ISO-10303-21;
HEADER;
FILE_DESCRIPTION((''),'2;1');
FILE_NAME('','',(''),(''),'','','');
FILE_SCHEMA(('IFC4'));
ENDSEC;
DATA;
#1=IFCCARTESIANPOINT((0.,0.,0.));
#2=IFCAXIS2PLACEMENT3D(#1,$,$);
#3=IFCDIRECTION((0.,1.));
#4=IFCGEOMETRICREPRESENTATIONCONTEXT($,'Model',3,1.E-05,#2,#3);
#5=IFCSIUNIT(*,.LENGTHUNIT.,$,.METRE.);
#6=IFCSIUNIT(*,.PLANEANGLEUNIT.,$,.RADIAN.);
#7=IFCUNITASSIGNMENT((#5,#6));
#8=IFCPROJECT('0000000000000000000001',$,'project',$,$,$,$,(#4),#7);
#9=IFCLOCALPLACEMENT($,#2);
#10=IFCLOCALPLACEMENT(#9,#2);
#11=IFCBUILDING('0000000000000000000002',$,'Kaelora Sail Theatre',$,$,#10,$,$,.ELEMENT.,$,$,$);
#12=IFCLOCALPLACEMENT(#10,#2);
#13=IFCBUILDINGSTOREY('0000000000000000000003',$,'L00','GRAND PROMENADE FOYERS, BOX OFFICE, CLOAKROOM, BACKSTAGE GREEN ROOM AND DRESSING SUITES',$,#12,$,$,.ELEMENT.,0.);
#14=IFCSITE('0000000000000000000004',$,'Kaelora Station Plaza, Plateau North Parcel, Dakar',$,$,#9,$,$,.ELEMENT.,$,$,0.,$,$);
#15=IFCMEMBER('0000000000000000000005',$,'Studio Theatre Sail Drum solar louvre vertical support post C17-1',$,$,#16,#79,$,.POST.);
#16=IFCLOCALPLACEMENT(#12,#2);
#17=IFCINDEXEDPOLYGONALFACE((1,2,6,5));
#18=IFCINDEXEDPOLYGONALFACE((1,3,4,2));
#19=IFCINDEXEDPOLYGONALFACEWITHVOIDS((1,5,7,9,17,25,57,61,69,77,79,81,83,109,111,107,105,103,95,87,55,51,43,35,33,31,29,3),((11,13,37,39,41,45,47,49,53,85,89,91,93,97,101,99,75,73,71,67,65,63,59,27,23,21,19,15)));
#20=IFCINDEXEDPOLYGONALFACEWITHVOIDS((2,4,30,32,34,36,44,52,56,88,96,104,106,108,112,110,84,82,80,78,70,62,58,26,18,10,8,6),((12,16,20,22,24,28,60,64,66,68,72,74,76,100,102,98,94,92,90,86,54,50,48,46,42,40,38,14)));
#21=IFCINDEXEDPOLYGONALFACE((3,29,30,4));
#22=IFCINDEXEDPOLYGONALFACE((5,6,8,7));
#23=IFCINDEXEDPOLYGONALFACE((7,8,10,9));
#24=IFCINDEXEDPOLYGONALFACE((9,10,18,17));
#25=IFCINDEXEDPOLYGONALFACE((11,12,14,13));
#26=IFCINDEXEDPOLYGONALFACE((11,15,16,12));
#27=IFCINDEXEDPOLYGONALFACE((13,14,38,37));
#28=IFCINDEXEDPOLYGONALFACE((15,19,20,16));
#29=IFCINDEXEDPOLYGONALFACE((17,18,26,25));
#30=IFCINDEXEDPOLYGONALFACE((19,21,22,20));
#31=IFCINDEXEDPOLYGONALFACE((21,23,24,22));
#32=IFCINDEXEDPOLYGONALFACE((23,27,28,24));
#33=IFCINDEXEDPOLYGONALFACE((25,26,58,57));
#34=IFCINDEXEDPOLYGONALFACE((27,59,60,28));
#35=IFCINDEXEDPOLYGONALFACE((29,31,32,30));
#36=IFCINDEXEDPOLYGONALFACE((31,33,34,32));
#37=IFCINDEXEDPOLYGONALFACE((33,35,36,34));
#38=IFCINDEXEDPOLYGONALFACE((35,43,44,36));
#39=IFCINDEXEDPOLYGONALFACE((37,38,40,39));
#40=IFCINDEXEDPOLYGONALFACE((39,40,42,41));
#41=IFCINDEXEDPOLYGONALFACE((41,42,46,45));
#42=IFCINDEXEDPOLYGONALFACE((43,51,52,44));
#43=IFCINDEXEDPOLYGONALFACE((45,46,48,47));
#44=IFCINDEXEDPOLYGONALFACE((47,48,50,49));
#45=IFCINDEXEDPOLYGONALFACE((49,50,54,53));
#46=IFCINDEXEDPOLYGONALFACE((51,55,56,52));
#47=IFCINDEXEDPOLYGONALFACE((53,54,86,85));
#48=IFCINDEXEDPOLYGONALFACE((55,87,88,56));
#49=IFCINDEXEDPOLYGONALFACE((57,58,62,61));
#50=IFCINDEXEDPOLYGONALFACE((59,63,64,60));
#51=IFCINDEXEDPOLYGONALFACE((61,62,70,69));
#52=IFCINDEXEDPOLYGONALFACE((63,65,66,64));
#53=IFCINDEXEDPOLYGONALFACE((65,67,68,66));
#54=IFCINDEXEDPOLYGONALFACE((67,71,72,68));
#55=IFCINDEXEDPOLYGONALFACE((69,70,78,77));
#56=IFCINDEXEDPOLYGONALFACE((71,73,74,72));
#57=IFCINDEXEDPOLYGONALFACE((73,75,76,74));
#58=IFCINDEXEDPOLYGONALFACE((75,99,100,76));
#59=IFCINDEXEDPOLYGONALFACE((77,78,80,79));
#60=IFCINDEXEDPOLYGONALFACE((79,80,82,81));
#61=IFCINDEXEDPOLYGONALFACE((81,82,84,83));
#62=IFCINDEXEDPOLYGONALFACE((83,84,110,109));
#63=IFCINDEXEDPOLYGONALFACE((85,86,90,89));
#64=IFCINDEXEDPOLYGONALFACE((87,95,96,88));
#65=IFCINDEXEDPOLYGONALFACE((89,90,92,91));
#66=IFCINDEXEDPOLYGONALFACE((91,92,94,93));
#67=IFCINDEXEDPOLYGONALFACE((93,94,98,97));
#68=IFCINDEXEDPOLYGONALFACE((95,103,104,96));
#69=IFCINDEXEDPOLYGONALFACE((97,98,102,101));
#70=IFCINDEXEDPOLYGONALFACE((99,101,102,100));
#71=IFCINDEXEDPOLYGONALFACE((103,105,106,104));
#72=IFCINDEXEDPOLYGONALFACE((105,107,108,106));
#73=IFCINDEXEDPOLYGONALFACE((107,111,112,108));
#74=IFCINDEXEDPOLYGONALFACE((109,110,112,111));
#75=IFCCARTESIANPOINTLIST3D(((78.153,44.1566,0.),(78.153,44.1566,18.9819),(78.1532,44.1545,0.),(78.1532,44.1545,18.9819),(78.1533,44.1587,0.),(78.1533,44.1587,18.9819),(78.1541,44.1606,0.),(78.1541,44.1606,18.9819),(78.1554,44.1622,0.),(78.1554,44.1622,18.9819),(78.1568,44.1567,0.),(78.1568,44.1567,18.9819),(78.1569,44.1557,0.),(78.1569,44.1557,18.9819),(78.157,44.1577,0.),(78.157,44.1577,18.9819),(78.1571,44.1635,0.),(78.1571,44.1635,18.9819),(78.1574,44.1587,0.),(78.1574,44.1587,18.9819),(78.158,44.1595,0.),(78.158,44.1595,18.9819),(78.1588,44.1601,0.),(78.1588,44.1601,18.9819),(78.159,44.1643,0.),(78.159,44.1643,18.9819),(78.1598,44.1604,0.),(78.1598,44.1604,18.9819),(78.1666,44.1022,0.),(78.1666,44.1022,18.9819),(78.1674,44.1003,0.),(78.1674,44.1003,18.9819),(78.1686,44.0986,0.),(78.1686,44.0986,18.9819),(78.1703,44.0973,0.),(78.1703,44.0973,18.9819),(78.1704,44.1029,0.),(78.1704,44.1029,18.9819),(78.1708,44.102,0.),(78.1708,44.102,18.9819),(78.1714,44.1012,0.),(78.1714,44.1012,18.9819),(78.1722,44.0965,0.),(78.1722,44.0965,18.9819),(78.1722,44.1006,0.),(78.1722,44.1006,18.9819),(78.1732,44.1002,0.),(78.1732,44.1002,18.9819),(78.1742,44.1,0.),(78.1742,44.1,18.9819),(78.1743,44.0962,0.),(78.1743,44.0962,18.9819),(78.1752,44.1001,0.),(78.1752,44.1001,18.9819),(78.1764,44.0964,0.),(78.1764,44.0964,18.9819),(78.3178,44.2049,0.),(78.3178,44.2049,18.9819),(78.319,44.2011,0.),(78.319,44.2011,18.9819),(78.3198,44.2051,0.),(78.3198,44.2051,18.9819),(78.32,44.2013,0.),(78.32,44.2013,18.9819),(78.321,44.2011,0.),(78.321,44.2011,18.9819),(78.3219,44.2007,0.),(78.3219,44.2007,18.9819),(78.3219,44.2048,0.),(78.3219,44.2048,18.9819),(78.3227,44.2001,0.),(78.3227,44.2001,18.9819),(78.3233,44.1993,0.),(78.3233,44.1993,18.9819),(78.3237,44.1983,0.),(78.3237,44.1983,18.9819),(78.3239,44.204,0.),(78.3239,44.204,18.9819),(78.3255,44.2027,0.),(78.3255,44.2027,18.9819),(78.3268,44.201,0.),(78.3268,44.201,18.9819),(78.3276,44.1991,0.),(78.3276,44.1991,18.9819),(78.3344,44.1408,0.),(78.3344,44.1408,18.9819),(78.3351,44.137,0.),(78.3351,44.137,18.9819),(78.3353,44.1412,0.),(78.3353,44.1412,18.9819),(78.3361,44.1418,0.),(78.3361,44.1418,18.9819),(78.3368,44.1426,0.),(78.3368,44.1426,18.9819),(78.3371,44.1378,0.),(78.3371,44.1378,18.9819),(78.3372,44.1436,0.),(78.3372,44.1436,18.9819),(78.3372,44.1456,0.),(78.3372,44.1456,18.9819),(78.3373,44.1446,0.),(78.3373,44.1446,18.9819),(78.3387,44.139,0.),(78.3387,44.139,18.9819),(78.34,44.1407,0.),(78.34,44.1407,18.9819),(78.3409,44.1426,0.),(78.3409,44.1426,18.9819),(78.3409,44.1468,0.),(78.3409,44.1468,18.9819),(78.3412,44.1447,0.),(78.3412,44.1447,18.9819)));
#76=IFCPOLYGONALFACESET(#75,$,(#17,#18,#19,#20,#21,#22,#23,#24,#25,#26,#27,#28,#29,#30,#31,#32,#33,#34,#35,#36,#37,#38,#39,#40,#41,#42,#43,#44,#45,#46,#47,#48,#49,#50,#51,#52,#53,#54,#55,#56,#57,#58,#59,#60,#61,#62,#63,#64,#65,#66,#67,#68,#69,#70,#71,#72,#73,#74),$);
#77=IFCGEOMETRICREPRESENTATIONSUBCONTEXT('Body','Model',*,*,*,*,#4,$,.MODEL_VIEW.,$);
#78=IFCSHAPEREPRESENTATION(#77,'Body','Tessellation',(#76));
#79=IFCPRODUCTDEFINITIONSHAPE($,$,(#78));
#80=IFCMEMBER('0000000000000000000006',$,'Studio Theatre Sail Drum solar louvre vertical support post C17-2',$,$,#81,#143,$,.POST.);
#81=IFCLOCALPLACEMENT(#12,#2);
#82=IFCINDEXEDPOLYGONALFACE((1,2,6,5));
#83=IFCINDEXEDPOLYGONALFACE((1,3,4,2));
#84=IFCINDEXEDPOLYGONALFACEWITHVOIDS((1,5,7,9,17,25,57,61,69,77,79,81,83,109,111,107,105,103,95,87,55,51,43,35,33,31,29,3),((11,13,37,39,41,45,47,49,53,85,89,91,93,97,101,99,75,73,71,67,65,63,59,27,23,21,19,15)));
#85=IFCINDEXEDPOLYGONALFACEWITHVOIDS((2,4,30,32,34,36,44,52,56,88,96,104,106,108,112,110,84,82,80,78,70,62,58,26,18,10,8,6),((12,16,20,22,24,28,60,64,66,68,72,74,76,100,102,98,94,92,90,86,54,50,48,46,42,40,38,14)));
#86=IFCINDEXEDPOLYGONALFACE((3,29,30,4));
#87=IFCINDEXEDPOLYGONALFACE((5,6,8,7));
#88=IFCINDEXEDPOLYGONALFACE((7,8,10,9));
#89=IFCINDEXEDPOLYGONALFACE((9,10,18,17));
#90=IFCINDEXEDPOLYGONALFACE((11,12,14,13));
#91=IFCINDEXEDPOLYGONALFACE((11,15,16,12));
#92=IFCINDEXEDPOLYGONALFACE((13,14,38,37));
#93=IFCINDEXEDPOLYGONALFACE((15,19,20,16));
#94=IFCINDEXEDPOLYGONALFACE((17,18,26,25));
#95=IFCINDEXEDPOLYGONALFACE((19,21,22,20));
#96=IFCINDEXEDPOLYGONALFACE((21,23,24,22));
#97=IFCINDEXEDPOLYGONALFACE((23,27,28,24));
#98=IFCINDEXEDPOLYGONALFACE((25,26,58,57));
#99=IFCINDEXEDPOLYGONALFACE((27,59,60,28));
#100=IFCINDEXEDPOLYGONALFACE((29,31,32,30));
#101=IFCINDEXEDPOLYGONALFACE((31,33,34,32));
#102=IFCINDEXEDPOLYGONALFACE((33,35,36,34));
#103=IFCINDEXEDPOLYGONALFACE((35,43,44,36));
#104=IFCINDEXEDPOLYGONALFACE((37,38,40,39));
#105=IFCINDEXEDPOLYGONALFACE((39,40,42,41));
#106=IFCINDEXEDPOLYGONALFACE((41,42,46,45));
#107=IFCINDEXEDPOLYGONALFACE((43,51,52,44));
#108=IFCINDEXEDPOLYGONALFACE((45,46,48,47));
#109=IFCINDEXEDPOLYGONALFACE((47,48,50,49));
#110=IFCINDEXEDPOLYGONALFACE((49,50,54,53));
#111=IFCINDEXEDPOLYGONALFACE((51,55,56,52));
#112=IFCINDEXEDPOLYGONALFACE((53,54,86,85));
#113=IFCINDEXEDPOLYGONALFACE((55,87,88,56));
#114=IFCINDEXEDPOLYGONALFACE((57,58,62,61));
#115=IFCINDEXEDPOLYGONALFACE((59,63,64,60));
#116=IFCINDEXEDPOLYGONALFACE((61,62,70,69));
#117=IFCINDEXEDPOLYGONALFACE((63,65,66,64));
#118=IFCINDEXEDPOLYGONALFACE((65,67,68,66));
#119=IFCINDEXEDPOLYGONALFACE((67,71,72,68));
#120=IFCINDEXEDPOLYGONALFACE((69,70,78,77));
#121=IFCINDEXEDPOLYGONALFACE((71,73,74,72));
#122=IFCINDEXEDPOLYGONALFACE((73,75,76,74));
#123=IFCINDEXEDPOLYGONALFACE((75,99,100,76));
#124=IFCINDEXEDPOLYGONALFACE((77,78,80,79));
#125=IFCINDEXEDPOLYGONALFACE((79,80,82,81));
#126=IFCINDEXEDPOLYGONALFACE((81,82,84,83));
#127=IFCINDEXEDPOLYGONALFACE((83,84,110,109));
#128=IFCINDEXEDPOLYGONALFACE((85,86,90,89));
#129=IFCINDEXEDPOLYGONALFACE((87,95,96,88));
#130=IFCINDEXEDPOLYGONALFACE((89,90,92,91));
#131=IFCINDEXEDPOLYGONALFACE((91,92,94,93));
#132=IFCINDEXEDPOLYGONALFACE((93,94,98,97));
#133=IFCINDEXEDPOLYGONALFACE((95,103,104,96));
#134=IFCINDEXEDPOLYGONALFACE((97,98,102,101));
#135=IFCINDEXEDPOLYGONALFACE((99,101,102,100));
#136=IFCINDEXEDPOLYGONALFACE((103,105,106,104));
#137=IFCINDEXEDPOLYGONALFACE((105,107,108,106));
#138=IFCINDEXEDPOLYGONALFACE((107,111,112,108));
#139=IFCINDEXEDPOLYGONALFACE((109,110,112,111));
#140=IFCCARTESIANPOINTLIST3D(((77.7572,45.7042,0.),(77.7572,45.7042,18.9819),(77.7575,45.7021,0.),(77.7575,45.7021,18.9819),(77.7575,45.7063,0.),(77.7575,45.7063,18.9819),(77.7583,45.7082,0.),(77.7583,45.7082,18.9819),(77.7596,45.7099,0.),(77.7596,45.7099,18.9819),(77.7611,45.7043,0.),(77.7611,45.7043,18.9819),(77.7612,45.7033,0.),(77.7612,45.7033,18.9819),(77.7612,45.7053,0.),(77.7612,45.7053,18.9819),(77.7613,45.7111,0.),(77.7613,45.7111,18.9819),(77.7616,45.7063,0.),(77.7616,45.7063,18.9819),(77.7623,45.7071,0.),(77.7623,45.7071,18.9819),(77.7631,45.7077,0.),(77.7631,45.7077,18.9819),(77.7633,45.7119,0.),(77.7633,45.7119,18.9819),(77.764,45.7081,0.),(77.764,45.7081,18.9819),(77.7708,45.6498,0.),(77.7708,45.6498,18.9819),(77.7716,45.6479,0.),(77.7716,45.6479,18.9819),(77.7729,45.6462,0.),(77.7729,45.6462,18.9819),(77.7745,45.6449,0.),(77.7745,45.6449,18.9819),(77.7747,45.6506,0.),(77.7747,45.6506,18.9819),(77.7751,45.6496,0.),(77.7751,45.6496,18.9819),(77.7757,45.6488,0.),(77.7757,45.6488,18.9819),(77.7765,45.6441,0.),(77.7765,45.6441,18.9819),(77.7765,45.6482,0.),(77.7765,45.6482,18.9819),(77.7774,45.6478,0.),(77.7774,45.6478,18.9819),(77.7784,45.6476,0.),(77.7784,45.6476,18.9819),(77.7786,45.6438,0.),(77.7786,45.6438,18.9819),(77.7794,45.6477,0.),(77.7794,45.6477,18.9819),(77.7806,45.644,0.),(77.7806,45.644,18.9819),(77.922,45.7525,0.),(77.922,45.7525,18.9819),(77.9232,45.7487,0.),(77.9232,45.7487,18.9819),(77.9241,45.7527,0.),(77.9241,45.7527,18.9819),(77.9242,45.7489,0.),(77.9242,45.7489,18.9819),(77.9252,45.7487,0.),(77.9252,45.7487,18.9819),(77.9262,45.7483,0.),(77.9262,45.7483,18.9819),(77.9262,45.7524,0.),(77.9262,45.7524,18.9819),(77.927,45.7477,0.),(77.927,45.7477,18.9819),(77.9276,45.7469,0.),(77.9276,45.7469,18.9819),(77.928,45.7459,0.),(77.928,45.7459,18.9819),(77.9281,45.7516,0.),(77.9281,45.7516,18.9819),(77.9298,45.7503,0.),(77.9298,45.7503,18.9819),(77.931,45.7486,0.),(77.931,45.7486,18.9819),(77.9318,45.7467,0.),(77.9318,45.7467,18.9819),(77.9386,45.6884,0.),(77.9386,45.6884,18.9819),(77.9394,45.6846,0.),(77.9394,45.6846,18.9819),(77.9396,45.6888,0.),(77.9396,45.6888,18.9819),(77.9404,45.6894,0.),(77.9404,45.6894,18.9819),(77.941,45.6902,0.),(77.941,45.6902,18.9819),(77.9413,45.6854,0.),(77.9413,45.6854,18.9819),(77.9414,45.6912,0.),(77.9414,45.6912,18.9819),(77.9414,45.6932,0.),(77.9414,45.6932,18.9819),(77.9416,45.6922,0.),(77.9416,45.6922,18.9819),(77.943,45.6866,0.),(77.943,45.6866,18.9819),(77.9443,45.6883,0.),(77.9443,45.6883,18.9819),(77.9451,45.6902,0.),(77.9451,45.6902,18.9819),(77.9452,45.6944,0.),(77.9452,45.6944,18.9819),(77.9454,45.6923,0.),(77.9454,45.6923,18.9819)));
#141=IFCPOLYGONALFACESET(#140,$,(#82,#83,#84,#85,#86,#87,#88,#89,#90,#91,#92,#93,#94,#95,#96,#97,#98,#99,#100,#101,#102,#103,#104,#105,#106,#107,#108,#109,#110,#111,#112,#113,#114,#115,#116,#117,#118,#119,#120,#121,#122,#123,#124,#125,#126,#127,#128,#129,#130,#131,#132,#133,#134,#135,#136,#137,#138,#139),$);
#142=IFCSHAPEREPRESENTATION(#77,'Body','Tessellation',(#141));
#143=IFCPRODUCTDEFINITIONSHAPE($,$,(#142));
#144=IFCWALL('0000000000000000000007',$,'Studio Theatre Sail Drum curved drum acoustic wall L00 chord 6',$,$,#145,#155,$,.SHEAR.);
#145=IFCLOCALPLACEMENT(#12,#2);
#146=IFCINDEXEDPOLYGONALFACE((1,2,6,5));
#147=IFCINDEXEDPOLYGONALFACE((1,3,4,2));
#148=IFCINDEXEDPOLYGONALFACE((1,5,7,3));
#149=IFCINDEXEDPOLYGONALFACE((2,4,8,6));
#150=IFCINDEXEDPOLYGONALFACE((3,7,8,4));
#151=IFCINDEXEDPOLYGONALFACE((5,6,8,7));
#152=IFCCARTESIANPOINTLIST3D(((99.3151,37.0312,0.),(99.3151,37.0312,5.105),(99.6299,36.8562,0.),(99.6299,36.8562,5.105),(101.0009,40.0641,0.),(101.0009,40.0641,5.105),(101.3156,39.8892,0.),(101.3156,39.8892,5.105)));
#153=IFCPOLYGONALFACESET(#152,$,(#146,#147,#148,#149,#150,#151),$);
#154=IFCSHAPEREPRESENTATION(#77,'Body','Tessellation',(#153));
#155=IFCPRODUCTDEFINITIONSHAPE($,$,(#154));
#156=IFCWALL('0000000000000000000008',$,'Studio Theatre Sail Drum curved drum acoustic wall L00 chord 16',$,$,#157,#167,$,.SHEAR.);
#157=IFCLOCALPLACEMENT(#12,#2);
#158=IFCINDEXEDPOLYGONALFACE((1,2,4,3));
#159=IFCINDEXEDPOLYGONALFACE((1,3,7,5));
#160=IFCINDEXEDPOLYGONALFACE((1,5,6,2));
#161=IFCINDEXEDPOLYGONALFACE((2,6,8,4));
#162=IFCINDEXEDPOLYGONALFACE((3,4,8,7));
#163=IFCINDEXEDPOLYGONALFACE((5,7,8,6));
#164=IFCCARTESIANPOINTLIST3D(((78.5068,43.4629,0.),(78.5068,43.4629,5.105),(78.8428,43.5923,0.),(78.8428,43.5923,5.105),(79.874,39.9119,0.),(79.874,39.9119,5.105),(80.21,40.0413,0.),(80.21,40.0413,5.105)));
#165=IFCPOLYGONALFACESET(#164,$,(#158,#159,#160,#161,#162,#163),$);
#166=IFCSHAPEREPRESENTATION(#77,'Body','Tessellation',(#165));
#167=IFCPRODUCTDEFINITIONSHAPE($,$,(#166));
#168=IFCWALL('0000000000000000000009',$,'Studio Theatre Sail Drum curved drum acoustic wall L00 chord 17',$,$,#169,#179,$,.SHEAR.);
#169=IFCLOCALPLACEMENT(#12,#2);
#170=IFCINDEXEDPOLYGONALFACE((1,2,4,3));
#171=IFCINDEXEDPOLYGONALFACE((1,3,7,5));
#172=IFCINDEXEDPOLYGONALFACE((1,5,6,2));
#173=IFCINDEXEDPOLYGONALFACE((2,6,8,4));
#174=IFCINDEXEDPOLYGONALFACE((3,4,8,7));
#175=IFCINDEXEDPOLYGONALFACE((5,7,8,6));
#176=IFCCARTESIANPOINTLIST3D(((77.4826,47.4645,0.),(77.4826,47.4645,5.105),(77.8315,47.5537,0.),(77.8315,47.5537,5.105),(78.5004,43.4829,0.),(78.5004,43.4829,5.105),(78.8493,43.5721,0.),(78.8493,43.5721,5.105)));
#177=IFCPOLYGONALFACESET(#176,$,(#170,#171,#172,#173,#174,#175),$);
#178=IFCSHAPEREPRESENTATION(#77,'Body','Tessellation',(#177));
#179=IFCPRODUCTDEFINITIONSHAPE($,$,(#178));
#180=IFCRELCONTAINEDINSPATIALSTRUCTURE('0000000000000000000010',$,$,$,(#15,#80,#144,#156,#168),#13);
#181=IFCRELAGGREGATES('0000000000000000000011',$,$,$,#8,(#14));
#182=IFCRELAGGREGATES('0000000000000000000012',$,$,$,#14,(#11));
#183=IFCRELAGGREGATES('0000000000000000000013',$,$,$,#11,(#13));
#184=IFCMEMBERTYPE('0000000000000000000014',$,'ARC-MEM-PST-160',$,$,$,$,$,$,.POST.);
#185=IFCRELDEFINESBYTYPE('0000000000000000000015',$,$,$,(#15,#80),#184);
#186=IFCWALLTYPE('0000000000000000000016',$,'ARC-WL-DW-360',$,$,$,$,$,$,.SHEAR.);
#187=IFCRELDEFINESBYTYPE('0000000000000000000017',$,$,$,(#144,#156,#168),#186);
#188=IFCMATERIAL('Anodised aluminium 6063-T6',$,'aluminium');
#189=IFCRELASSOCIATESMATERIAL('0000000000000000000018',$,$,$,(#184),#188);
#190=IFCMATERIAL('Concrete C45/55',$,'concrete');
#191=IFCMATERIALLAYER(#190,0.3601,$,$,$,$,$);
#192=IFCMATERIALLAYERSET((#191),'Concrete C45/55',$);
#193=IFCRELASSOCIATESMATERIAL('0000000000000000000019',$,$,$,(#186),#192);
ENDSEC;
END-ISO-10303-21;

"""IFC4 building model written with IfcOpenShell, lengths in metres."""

from ifc_helpers import new_model, si_unit, direction, frame, frame_2d, origin, origin_2d, place, context, subcontext, project, spatial, rectangle, hollow_rectangle, extrude, material, layer, layer_set, material_profile, profile_set, type_object, element, save


model = new_model("IFC4")

# Units and contexts
model_context = context("Model", 3, precision=1e-05, world=origin(), true_north=direction((0.0, 1.0)))
body_context = subcontext(model_context, "Body", "Model", "MODEL_VIEW")
ifc_project = project(units=[si_unit("LENGTHUNIT", "METRE"), si_unit("PLANEANGLEUNIT", "RADIAN")], contexts=[model_context])

# Site, building, storey
site_placement = place(None, origin())
site = spatial("IfcSite", under=ifc_project, at=site_placement, Name="Kaelora Station Plaza, Plateau North Parcel, Dakar", CompositionType="ELEMENT", RefElevation=0.0)
building_placement = place(site_placement, origin())
building = spatial("IfcBuilding", under=site, at=building_placement, Name="Kaelora Sail Theatre", CompositionType="ELEMENT")
storey_placement = place(building_placement, origin())
storey = spatial("IfcBuildingStorey", under=building, at=storey_placement, Name="L00", Description="GRAND PROMENADE FOYERS, BOX OFFICE, CLOAKROOM, BACKSTAGE GREEN ROOM AND DRESSING SUITES", CompositionType="ELEMENT", Elevation=0.0)

# Members
ifc_material_1 = material(Name="Anodised aluminium 6063-T6", Category="aluminium")
ifc_material_profile_1 = material_profile(ifc_material_1, hollow_rectangle(XDim=0.0701, YDim=0.1799, WallThickness=0.0039, InnerFilletRadius=0.0039, OuterFilletRadius=0.0081, at=origin_2d()), Name="ALU-MULL 70x180x4")
ifc_profile_set_1 = profile_set([ifc_material_profile_1], Name="Anodised aluminium 6063-T6")
member_type_1 = type_object("IfcMemberType", Name="ARC-MEM-PST-160", PredefinedType="POST", material=ifc_profile_set_1)
for number, where, z_axis, x_axis, name in (
    (1, (78.2471, 44.1506, 0.0), (0.0, 0.0, 1.0), (-0.247675, 0.968843, 0.0), "Studio Theatre Sail Drum solar louvre vertical support post C17-1"),
    (2, (77.8513, 45.6982, 0.0), (0.0, 0.0, 1.0), (-0.247675, 0.968843, 0.0), "Studio Theatre Sail Drum solar louvre vertical support post C17-2"),
):
    element("IfcMember", number, at=place(storey_placement, frame(where, z_axis=z_axis, x_axis=x_axis)), inside=storey, type_object=member_type_1, Name=name, PredefinedType="POST", context=body_context, shape_type="SweptSolid", body=[
        extrude(hollow_rectangle(XDim=0.0701, YDim=0.1799, WallThickness=0.0039, InnerFilletRadius=0.0039, OuterFilletRadius=0.0081, at=origin_2d()), origin(), (0.0, 0.0, 1.0), 18.9819),
    ])

# Walls
ifc_material_2 = material(Name="Concrete C45/55", Category="concrete")
ifc_layer = layer(ifc_material_2, 0.3601)
ifc_layer_set = layer_set([ifc_layer], Name="Concrete C45/55")
wall_type = type_object("IfcWallType", Name="ARC-WL-DW-360", PredefinedType="SHEAR", material=ifc_layer_set)
wall_1_placement = place(storey_placement, frame((101.1582, 39.9766, 0.0), z_axis=(0.0, 0.0, 1.0), x_axis=(-0.485822, -0.874058, 0.0)))
element("IfcWall", 3, at=wall_1_placement, inside=storey, type_object=wall_type, Name="Studio Theatre Sail Drum curved drum acoustic wall L00 chord 6", PredefinedType="SHEAR", context=body_context, shape_type="SweptSolid", body=[
    extrude(rectangle(XDim=3.47, YDim=0.3601, at=frame_2d((1.7349, 0.0))), origin(), (0.0, 0.0, 1.0), 5.105),
])
wall_2_placement = place(storey_placement, frame((80.042, 39.9766, 0.0), z_axis=(0.0, 0.0, 1.0), x_axis=(-0.359302, 0.933222, 0.0)))
element("IfcWall", 4, at=wall_2_placement, inside=storey, type_object=wall_type, Name="Studio Theatre Sail Drum curved drum acoustic wall L00 chord 16", PredefinedType="SHEAR", context=body_context, shape_type="SweptSolid", body=[
    extrude(rectangle(XDim=3.8052, YDim=0.3601, at=frame_2d((1.9026, 0.0))), origin(), (0.0, 0.0, 1.0), 5.105),
])
wall_3_placement = place(storey_placement, frame((78.6748, 43.5276, 0.0), z_axis=(0.0, 0.0, 1.0), x_axis=(-0.247662, 0.968846, 0.0)))
element("IfcWall", 5, at=wall_3_placement, inside=storey, type_object=wall_type, Name="Studio Theatre Sail Drum curved drum acoustic wall L00 chord 17", PredefinedType="SHEAR", context=body_context, shape_type="SweptSolid", body=[
    extrude(rectangle(XDim=4.1096, YDim=0.3601, at=frame_2d((2.0547, 0.0))), origin(), (0.0, 0.0, 1.0), 5.105),
])

save(model, "model.ifc")
